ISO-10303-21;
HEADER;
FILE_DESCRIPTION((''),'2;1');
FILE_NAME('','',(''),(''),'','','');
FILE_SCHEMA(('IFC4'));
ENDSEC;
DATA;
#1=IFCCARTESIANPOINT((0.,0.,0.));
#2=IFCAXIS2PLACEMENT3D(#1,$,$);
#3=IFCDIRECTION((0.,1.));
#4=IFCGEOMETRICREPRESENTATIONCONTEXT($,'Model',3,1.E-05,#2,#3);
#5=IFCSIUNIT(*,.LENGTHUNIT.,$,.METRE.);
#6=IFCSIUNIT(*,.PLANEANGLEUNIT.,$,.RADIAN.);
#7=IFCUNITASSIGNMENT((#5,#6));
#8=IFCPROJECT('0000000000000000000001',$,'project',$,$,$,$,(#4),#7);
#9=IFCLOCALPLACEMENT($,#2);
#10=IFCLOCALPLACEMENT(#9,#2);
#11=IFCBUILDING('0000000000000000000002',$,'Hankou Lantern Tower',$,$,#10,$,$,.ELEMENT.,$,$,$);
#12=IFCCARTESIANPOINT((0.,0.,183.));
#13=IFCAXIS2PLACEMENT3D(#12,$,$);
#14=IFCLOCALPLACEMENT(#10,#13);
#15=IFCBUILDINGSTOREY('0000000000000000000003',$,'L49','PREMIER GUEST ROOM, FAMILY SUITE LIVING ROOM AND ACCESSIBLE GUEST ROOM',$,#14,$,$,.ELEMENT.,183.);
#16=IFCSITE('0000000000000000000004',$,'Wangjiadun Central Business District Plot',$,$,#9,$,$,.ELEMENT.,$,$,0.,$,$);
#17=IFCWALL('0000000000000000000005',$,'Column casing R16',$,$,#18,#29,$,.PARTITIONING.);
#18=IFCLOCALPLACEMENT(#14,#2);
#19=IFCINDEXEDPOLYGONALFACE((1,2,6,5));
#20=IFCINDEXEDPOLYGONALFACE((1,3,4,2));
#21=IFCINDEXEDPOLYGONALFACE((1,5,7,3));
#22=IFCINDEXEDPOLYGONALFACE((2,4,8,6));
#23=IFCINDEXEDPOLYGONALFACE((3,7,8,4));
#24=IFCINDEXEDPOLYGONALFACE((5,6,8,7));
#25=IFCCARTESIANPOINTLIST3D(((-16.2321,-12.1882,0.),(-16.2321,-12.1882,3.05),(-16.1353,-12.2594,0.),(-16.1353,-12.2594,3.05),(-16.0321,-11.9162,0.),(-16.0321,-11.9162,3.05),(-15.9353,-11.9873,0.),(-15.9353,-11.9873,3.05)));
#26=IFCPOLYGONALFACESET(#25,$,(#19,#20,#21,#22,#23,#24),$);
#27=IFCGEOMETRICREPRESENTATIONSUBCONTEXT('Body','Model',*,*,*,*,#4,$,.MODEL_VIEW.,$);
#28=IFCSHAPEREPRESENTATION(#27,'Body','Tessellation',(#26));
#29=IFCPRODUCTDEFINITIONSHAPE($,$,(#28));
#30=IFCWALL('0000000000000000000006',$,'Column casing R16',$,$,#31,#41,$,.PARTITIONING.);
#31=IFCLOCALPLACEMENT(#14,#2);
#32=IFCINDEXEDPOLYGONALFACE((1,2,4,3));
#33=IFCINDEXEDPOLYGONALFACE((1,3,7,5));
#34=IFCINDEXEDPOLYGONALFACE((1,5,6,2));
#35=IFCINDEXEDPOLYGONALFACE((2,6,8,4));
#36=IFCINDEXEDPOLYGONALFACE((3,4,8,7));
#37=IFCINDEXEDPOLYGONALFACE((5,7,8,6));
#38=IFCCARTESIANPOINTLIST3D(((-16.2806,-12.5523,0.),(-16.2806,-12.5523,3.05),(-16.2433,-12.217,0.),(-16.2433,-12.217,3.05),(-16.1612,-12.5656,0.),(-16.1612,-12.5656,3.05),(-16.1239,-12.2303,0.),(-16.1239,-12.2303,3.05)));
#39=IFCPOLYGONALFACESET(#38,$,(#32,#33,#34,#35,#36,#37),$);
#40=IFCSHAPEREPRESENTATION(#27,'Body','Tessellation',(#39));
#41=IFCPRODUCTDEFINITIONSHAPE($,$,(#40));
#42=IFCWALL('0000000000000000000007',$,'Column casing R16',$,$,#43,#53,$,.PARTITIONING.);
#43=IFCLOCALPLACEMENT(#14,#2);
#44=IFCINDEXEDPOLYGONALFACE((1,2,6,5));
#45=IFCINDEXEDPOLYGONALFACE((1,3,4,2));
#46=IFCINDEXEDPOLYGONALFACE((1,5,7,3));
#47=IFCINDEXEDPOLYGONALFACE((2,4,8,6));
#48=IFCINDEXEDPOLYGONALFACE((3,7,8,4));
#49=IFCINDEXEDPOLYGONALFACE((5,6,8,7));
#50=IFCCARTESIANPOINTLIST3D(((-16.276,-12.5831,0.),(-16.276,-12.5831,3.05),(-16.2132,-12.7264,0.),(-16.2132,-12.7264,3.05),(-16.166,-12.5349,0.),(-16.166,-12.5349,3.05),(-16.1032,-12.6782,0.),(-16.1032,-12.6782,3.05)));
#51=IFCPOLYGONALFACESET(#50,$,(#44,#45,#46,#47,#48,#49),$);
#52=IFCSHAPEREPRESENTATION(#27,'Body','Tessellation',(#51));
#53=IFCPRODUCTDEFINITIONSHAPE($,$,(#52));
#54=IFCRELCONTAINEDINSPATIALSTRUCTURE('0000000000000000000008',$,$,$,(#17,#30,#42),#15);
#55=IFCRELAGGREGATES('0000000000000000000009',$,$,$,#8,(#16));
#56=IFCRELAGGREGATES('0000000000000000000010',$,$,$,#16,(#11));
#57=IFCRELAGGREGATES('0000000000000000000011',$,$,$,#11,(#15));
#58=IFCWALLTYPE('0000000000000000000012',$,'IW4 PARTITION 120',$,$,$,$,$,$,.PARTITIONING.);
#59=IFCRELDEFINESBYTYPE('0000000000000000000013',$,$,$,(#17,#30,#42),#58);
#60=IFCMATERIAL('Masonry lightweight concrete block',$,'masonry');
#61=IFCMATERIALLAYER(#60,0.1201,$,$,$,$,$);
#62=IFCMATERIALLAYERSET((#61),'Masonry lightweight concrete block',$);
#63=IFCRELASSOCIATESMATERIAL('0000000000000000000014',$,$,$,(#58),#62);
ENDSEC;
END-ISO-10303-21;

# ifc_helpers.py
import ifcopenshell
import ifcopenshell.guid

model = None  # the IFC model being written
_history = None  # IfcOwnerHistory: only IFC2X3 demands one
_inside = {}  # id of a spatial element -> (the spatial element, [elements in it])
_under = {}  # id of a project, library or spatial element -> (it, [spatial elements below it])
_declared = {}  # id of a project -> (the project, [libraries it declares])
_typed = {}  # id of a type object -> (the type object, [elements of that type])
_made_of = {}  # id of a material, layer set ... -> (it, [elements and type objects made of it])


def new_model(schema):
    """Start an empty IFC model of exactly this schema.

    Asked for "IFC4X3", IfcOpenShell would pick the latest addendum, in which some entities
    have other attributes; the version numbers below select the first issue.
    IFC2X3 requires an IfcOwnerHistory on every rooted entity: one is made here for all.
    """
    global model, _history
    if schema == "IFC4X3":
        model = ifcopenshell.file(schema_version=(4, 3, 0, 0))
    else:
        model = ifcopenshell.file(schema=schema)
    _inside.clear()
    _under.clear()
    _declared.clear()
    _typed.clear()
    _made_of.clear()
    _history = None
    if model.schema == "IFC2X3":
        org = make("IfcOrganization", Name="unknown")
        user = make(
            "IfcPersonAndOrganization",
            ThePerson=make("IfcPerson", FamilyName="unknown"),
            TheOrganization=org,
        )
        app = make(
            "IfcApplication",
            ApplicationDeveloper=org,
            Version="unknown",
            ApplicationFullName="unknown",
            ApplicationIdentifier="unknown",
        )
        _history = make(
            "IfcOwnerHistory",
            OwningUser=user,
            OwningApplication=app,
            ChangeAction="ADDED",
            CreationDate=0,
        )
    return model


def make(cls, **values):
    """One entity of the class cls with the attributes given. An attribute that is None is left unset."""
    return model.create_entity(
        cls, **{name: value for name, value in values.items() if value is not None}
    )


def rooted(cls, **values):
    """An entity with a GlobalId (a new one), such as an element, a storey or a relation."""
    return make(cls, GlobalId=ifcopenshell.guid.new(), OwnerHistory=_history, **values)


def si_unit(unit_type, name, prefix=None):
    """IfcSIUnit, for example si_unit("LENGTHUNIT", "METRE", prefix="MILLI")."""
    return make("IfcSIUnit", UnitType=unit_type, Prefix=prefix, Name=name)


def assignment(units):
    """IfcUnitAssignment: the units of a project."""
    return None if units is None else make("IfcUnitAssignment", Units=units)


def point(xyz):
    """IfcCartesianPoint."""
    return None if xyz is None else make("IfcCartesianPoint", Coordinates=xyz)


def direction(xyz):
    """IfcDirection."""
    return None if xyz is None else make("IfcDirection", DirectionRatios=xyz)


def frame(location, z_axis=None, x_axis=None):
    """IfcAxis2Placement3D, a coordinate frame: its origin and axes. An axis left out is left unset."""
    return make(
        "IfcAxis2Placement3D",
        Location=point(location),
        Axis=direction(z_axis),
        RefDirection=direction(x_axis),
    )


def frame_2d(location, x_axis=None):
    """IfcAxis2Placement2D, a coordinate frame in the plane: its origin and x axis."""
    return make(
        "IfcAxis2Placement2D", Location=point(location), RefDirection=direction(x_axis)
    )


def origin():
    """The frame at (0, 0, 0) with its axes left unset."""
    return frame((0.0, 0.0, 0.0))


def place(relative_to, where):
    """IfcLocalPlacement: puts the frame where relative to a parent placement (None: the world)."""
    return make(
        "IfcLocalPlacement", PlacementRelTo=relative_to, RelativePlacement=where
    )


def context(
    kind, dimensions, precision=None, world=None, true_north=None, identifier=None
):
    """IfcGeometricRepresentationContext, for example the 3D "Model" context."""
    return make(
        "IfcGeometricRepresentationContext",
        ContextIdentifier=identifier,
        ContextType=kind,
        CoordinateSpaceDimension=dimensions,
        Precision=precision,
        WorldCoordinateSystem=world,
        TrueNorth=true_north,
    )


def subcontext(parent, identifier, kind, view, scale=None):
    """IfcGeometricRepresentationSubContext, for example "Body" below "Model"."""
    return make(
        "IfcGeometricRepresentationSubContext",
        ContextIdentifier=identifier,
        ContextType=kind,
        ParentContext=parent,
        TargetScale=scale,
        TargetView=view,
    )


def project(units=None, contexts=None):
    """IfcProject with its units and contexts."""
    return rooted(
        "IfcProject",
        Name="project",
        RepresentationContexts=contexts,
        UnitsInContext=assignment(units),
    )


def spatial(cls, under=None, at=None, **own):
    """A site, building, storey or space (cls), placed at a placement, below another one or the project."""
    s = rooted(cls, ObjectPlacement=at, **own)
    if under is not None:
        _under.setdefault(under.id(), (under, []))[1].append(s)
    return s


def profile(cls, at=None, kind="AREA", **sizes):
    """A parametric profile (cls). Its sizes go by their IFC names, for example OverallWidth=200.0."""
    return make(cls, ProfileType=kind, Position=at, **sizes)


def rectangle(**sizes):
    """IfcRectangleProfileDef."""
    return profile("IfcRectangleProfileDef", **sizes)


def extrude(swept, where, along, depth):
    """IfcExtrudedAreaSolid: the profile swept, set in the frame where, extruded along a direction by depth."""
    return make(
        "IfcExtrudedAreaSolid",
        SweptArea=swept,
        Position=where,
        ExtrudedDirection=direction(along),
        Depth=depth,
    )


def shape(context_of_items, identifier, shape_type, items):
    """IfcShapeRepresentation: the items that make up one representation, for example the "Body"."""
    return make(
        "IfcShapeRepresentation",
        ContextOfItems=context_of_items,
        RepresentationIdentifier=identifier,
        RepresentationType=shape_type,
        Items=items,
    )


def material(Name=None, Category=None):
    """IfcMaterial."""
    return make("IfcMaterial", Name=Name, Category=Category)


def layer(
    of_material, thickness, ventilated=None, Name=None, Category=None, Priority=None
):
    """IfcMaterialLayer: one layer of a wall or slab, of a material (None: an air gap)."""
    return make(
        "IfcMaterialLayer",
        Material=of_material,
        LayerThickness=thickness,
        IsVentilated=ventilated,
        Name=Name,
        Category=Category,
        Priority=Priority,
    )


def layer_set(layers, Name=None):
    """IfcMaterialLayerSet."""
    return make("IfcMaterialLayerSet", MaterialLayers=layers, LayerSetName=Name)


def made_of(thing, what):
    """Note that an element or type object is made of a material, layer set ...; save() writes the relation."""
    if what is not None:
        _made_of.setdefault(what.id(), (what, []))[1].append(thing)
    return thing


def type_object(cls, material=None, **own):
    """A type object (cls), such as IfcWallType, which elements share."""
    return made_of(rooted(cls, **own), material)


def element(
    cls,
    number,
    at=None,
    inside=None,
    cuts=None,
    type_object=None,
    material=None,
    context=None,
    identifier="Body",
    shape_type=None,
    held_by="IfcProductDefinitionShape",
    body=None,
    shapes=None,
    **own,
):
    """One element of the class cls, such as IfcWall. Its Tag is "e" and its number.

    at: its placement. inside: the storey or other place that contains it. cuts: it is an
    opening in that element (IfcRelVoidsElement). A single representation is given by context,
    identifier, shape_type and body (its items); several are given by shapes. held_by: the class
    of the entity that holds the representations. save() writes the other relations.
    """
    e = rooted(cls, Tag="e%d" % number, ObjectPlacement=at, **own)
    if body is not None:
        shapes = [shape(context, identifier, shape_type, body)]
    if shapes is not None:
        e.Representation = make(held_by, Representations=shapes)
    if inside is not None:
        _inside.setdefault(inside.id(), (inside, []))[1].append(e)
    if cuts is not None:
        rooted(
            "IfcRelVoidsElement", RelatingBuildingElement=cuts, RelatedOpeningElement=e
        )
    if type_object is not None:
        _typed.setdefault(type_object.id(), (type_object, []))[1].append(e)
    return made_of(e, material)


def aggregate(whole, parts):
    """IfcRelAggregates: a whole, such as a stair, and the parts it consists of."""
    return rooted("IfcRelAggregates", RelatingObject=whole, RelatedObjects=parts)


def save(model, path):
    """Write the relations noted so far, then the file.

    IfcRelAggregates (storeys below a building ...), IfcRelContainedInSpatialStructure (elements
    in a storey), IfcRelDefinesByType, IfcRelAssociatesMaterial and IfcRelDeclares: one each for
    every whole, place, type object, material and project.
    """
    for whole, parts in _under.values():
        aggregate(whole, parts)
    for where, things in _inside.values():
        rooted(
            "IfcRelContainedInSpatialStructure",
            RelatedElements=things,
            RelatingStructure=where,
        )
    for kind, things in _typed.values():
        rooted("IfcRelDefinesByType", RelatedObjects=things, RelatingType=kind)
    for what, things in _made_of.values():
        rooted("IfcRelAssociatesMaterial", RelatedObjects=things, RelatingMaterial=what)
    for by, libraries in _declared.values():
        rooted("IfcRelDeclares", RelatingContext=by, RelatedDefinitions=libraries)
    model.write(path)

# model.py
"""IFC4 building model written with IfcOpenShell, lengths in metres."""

from ifc_helpers import new_model, si_unit, direction, frame, frame_2d, origin, place, context, subcontext, project, spatial, rectangle, extrude, material, layer, layer_set, type_object, element, save


model = new_model("IFC4")

# Units and contexts
model_context = context("Model", 3, precision=1e-05, world=origin(), true_north=direction((0.0, 1.0)))
body_context = subcontext(model_context, "Body", "Model", "MODEL_VIEW")
ifc_project = project(units=[si_unit("LENGTHUNIT", "METRE"), si_unit("PLANEANGLEUNIT", "RADIAN")], contexts=[model_context])

# Site, building, storey
site_placement = place(None, origin())
site = spatial("IfcSite", under=ifc_project, at=site_placement, Name="Wangjiadun Central Business District Plot", CompositionType="ELEMENT", RefElevation=0.0)
building_placement = place(site_placement, origin())
building = spatial("IfcBuilding", under=site, at=building_placement, Name="Hankou Lantern Tower", CompositionType="ELEMENT")
storey_placement = place(building_placement, frame((0.0, 0.0, 183.0)))
storey = spatial("IfcBuildingStorey", under=building, at=storey_placement, Name="L49", Description="PREMIER GUEST ROOM, FAMILY SUITE LIVING ROOM AND ACCESSIBLE GUEST ROOM", CompositionType="ELEMENT", Elevation=183.0)

# Walls
ifc_material_1 = material(Name="Masonry lightweight concrete block", Category="masonry")
ifc_layer_1 = layer(ifc_material_1, 0.1201)
ifc_layer_set_1 = layer_set([ifc_layer_1], Name="Masonry lightweight concrete block")
wall_type_1 = type_object("IfcWallType", Name="IW4 PARTITION 120", PredefinedType="PARTITIONING", material=ifc_layer_set_1)
wall_1_placement = place(storey_placement, frame((-15.9836, -11.9517, 0.0), z_axis=(0.0, 0.0, 1.0), x_axis=(-0.592335, -0.805692, 0.0)))
element("IfcWall", 1, at=wall_1_placement, inside=storey, type_object=wall_type_1, Name="Column casing R16", PredefinedType="PARTITIONING", context=body_context, shape_type="SweptSolid", body=[
    extrude(rectangle(XDim=0.3376, YDim=0.1201, at=frame_2d((0.1689, 0.0))), origin(), (0.0, 0.0, 1.0), 3.05),
])
wall_2_placement = place(storey_placement, frame((-16.1836, -12.2236, 0.0), z_axis=(0.0, 0.0, 1.0), x_axis=(-0.11067, -0.993857, 0.0)))
element("IfcWall", 2, at=wall_2_placement, inside=storey, type_object=wall_type_1, Name="Column casing R16", PredefinedType="PARTITIONING", context=body_context, shape_type="SweptSolid", body=[
    extrude(rectangle(XDim=0.3374, YDim=0.1201, at=frame_2d((0.1687, 0.0))), origin(), (0.0, 0.0, 1.0), 3.05),
])
wall_3_placement = place(storey_placement, frame((-16.2209, -12.5591, 0.0), z_axis=(0.0, 0.0, 1.0), x_axis=(0.401064, -0.91605, 0.0)))
element("IfcWall", 3, at=wall_3_placement, inside=storey, type_object=wall_type_1, Name="Column casing R16", PredefinedType="PARTITIONING", context=body_context, shape_type="SweptSolid", body=[
    extrude(rectangle(XDim=0.1565, YDim=0.1201, at=frame_2d((0.0781, 0.0))), origin(), (0.0, 0.0, 1.0), 3.05),
])

save(model, "model.ifc")
